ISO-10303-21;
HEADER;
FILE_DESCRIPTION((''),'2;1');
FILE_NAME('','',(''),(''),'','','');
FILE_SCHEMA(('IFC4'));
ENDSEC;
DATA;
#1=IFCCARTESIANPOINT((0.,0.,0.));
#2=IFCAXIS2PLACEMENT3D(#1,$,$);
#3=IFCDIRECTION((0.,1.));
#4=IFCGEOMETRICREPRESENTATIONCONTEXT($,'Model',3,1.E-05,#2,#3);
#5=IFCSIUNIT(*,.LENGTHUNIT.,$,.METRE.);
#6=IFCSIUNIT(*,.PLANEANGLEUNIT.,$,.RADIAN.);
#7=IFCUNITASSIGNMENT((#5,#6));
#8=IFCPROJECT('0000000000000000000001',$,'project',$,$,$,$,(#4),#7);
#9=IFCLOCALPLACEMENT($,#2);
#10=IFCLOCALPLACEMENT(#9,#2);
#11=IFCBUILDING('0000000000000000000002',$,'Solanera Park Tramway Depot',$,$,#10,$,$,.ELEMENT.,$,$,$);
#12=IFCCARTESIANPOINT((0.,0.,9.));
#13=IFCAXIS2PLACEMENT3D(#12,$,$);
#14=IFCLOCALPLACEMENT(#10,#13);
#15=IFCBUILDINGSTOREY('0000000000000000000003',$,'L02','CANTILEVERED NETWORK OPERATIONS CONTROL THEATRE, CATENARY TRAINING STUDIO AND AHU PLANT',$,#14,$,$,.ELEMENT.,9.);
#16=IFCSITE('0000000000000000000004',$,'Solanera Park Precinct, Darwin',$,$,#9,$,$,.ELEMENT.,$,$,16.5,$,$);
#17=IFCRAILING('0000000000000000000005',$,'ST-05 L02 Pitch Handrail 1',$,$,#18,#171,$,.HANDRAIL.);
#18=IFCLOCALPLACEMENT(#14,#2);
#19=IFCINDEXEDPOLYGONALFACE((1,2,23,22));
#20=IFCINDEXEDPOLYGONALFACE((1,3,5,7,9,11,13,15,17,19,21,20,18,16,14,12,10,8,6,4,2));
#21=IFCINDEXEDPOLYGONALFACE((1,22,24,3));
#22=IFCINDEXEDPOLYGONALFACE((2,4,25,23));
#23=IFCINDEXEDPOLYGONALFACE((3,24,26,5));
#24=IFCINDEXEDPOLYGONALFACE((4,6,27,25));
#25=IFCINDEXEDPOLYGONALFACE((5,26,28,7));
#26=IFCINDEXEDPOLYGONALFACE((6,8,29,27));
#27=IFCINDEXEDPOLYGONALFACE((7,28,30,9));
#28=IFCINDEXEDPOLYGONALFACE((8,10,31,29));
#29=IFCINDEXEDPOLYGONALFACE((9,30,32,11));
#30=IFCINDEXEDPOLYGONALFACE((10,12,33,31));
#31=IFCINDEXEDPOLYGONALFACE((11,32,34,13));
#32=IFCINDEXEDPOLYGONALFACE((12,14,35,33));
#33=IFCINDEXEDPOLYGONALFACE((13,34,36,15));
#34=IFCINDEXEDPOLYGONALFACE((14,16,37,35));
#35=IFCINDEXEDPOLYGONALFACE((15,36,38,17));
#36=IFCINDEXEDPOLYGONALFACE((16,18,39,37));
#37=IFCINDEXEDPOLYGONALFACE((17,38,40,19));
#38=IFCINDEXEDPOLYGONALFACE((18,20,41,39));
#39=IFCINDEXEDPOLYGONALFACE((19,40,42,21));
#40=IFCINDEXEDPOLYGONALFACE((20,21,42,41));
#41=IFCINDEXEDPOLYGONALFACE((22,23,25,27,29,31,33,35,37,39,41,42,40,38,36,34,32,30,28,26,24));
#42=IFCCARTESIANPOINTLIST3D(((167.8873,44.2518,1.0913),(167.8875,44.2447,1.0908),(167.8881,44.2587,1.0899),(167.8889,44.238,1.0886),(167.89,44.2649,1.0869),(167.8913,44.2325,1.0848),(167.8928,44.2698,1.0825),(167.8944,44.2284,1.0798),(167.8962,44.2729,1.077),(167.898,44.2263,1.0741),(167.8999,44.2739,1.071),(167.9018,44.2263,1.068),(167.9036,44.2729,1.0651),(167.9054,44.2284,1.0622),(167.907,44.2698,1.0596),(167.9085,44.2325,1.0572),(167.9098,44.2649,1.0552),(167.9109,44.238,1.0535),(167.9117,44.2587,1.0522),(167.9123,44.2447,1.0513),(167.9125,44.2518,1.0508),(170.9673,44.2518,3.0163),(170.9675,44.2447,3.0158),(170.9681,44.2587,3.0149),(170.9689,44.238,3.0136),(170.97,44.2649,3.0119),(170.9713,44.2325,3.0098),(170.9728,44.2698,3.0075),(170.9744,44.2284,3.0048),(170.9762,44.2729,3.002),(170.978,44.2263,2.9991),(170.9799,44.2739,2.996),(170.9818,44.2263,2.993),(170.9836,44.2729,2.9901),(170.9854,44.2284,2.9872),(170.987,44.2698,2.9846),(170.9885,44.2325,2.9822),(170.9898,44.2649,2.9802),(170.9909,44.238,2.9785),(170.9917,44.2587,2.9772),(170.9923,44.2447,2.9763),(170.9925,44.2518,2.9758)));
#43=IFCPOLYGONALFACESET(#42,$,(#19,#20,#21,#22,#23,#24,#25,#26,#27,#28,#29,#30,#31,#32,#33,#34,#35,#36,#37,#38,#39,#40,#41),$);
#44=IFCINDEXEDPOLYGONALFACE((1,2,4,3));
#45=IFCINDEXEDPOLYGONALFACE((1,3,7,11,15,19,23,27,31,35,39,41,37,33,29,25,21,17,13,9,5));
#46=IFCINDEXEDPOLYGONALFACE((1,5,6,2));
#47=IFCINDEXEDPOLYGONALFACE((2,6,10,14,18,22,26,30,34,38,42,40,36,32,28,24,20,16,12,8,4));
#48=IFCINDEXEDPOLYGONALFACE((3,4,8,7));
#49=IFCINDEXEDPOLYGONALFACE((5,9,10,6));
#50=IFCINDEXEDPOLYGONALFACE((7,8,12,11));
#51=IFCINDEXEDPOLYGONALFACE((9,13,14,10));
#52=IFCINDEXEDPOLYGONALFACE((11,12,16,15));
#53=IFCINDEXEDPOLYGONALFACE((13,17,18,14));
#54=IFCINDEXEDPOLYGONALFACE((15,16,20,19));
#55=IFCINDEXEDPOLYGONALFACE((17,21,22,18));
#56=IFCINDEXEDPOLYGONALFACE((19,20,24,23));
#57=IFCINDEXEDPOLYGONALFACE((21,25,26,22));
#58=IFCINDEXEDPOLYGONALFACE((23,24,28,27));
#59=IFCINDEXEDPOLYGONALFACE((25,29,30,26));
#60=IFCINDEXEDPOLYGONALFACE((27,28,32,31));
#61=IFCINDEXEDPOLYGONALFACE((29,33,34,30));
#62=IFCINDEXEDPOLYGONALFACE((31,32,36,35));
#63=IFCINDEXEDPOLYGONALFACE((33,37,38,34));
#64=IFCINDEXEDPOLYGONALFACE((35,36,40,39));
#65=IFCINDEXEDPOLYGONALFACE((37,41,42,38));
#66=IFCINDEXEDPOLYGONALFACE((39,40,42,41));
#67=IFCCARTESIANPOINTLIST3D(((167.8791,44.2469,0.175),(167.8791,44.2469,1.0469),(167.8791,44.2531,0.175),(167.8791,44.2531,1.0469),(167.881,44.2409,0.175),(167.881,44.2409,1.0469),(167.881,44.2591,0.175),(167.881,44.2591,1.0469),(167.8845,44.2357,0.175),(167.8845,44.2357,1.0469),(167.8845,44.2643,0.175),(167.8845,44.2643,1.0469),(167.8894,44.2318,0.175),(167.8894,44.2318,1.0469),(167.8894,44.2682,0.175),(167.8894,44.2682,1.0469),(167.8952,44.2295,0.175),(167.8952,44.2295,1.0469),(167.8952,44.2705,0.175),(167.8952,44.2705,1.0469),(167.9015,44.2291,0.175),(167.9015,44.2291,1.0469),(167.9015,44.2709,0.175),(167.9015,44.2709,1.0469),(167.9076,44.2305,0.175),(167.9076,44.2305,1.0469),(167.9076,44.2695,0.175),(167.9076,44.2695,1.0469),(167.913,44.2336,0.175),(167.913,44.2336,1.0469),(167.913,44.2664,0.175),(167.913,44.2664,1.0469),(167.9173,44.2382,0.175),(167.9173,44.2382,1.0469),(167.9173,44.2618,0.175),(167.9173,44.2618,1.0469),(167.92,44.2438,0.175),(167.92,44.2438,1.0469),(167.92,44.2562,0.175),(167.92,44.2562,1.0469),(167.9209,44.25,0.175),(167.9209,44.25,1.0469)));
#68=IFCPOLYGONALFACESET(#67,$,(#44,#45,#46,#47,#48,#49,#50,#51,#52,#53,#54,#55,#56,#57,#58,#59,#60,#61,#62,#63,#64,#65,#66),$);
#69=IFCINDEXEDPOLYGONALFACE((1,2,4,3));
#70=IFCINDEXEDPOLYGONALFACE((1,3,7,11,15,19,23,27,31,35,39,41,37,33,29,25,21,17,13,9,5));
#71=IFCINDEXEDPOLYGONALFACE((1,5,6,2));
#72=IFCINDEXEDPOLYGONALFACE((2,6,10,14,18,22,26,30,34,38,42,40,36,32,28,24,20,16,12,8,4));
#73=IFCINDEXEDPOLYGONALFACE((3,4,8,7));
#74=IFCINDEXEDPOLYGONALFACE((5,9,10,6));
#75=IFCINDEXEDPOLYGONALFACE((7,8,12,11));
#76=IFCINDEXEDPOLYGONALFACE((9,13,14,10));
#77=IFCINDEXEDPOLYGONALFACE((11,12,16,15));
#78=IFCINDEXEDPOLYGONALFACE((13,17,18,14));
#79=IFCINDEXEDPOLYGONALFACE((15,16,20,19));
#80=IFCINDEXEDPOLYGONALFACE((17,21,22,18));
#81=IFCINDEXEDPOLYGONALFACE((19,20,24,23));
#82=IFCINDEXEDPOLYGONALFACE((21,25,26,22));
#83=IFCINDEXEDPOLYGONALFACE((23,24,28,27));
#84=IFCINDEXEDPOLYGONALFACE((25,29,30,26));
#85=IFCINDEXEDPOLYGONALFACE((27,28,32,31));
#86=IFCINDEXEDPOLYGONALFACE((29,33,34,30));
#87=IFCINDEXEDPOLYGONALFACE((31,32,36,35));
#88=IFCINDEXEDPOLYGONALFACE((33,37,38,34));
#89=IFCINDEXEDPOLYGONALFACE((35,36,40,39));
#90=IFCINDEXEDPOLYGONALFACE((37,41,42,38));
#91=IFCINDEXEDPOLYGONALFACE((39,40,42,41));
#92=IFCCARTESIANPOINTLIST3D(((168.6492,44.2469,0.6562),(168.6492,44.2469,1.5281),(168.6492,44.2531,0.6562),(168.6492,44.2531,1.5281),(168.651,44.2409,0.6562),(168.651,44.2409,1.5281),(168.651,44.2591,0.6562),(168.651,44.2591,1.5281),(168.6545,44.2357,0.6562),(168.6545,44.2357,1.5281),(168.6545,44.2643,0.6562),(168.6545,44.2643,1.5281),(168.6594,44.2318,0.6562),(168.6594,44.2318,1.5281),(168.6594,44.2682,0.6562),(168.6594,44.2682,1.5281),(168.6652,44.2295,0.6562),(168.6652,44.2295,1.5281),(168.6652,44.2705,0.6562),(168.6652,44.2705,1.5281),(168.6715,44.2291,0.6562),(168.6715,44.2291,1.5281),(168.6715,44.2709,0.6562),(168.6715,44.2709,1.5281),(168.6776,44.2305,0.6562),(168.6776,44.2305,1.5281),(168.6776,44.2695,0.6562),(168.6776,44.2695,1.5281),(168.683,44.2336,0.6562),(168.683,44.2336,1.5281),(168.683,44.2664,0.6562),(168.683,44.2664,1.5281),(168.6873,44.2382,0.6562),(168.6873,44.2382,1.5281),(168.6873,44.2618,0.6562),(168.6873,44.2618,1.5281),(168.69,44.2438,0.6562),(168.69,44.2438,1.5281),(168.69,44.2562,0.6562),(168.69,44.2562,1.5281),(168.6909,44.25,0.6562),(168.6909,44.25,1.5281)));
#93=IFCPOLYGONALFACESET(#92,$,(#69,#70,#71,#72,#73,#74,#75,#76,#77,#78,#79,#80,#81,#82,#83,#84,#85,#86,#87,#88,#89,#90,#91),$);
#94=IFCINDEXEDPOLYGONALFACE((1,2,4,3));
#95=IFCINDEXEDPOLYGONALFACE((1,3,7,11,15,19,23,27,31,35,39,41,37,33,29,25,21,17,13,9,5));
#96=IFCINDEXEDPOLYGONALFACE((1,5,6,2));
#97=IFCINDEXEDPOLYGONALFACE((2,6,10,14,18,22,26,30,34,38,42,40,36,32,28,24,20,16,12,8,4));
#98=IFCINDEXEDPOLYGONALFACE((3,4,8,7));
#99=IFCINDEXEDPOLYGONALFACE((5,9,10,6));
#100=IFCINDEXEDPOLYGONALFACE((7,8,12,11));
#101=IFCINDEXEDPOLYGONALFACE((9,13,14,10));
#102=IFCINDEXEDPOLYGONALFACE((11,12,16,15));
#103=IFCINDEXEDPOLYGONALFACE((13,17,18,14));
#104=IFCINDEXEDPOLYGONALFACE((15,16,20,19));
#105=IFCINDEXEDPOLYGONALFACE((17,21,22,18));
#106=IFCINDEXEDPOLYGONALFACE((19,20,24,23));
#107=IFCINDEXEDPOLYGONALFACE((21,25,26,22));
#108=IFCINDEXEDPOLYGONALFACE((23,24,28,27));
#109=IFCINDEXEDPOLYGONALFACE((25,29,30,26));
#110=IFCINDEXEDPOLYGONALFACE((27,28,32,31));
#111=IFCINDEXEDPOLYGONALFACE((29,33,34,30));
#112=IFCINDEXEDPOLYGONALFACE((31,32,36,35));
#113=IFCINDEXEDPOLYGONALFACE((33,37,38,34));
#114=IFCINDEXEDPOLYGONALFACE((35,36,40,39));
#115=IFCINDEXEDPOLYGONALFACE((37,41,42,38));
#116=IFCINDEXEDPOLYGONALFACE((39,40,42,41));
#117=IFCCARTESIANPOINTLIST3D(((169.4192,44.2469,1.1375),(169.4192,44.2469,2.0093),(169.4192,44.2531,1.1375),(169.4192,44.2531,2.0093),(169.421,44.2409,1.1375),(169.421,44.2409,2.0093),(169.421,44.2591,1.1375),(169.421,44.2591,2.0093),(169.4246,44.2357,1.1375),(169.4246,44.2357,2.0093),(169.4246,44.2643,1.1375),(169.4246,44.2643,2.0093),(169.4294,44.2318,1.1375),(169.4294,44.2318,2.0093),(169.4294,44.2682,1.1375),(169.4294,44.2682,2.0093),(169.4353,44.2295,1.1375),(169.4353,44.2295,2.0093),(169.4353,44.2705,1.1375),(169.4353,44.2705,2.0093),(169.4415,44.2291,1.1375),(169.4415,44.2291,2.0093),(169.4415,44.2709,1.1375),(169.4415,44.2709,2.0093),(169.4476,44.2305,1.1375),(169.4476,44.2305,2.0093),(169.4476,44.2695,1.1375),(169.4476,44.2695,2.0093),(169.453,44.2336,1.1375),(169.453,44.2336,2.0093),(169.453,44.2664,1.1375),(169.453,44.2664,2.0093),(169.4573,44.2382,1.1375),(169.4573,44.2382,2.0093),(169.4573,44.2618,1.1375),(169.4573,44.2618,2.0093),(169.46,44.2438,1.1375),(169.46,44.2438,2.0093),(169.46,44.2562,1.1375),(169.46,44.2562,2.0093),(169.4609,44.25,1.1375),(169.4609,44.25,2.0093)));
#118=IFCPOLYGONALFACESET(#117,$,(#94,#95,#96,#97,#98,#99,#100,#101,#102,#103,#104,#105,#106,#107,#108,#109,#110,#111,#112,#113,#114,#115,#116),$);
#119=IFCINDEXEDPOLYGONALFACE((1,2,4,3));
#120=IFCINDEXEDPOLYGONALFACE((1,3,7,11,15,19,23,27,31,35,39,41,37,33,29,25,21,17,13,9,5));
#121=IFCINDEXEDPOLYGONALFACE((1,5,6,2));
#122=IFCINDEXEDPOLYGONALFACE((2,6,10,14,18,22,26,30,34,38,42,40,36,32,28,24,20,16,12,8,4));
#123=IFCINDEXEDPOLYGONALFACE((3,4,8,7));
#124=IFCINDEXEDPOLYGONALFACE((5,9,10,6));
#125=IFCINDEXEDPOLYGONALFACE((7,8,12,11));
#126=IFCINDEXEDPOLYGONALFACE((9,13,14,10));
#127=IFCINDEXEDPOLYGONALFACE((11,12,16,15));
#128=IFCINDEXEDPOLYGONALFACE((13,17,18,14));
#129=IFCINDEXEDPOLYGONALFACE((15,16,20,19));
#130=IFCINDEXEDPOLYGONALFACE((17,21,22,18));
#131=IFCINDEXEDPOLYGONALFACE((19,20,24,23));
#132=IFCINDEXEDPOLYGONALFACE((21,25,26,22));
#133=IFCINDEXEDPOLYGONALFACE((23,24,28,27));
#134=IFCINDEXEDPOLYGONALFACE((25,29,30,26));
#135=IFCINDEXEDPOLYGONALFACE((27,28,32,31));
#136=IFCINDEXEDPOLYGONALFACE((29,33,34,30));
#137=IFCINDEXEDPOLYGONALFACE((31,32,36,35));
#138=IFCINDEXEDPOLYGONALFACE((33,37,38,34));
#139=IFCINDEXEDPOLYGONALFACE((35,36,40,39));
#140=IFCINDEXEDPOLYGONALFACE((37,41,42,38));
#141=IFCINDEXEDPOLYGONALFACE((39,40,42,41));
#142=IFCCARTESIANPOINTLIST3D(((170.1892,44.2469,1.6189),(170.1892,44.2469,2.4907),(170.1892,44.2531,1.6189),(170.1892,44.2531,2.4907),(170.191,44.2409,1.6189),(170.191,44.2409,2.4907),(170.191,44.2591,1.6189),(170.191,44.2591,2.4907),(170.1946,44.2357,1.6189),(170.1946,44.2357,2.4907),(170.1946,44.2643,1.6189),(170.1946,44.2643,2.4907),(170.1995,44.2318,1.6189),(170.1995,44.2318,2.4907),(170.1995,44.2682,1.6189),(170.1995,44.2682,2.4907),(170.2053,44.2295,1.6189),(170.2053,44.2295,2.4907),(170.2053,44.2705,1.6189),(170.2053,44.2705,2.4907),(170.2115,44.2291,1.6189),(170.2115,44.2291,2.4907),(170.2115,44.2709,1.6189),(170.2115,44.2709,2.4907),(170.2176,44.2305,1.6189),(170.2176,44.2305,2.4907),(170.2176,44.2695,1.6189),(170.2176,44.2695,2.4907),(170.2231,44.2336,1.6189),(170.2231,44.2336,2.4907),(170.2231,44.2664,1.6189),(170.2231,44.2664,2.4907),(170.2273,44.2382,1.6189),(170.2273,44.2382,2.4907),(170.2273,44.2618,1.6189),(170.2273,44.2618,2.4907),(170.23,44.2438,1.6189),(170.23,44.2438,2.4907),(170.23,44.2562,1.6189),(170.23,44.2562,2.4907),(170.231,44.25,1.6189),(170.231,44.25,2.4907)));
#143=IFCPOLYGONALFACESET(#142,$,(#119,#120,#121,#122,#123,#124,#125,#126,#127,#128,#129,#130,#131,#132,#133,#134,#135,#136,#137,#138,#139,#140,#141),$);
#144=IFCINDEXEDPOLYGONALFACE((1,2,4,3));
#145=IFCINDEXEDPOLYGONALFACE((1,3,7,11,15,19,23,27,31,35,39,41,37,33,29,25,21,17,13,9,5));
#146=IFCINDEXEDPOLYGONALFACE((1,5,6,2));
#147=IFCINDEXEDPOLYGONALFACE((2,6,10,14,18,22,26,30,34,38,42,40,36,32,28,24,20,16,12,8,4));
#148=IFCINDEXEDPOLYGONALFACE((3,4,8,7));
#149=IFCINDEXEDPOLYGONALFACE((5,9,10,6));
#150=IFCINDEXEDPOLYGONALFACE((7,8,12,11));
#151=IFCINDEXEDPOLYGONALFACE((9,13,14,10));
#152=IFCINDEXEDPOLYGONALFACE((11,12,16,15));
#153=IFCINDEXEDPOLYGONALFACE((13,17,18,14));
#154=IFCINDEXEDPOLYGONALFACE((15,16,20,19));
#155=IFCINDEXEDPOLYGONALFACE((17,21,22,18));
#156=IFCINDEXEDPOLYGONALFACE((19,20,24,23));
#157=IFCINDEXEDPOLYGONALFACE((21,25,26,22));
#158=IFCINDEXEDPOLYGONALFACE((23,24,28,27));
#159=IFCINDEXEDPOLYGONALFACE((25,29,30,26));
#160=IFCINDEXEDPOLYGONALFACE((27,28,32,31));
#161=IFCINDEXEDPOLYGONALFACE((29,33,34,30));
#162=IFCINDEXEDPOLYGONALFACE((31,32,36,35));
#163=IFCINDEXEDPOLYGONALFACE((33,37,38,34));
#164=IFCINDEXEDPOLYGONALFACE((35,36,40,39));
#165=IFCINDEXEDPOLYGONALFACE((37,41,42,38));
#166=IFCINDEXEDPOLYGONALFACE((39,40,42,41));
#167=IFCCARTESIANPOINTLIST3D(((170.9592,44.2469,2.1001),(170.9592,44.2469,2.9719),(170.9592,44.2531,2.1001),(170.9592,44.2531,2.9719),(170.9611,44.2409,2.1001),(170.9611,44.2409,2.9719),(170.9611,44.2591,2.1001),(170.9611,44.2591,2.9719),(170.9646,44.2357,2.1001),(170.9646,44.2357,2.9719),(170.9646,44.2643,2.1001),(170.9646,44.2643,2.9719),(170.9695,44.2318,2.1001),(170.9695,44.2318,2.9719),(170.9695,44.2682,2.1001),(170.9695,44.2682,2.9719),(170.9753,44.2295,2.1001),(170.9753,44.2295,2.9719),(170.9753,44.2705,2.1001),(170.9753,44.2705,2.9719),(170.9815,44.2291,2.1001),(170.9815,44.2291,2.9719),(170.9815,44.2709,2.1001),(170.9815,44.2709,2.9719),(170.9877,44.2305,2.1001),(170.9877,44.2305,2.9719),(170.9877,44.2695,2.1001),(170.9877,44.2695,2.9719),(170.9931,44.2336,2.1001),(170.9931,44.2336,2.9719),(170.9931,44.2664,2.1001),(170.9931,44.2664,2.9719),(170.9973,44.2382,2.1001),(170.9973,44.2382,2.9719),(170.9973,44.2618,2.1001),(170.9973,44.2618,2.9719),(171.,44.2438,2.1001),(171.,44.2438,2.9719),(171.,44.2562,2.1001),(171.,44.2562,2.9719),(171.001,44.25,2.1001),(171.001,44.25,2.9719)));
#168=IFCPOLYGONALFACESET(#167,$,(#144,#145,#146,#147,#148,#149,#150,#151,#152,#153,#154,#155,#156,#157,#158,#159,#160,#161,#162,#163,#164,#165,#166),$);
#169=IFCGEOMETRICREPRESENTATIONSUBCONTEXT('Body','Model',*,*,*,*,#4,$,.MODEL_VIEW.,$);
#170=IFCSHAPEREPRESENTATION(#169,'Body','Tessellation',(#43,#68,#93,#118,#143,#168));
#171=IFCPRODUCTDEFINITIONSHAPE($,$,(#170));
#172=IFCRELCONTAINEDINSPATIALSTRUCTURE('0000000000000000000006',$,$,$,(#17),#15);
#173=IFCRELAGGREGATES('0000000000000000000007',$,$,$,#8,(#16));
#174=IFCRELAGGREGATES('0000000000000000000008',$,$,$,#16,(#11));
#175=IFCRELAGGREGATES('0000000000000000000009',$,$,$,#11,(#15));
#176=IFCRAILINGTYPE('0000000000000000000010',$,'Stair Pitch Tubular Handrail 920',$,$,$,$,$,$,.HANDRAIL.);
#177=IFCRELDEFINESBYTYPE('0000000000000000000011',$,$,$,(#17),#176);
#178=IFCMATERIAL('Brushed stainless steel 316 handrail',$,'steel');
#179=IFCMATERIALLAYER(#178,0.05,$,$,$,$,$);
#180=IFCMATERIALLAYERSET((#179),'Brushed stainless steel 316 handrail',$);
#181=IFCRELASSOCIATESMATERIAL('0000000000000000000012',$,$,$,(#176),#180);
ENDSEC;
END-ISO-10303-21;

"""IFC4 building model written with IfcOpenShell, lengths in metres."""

from ifc_helpers import new_model, si_unit, direction, frame, origin, origin_2d, place, context, subcontext, project, spatial, circle, extrude, material, layer, layer_set, type_object, element, save


model = new_model("IFC4")

# Units and contexts
model_context = context("Model", 3, precision=1e-05, world=origin(), true_north=direction((0.0, 1.0)))
body_context = subcontext(model_context, "Body", "Model", "MODEL_VIEW")
ifc_project = project(units=[si_unit("LENGTHUNIT", "METRE"), si_unit("PLANEANGLEUNIT", "RADIAN")], contexts=[model_context])

# Site, building, storey
site_placement = place(None, origin())
site = spatial("IfcSite", under=ifc_project, at=site_placement, Name="Solanera Park Precinct, Darwin", CompositionType="ELEMENT", RefElevation=16.5)
building_placement = place(site_placement, origin())
building = spatial("IfcBuilding", under=site, at=building_placement, Name="Solanera Park Tramway Depot", CompositionType="ELEMENT")
storey_placement = place(building_placement, frame((0.0, 0.0, 9.0)))
storey = spatial("IfcBuildingStorey", under=building, at=storey_placement, Name="L02", Description="CANTILEVERED NETWORK OPERATIONS CONTROL THEATRE, CATENARY TRAINING STUDIO AND AHU PLANT", CompositionType="ELEMENT", Elevation=9.0)

# Railing
ifc_material_1 = material(Name="Brushed stainless steel 316 handrail", Category="steel")
ifc_layer_1 = layer(ifc_material_1, 0.05)
ifc_layer_set_1 = layer_set([ifc_layer_1], Name="Brushed stainless steel 316 handrail")
railing_type_1 = type_object("IfcRailingType", Name="Stair Pitch Tubular Handrail 920", PredefinedType="HANDRAIL", material=ifc_layer_set_1)
railing_1_placement = place(storey_placement, frame((167.8999, 44.25, 0.175)))
element("IfcRailing", 1, at=railing_1_placement, inside=storey, type_object=railing_type_1, Name="ST-05 L02 Pitch Handrail 1", PredefinedType="HANDRAIL", context=body_context, shape_type="SweptSolid", body=[
    extrude(circle(Radius=0.0239, at=origin_2d()), frame((0.0, 0.0, 0.896), z_axis=(0.847998, 0.0, 0.529999), x_axis=(0.0, 1.0, 0.0)), (0.0, 0.0, 1.0), 3.6321),
    extrude(circle(Radius=0.021, at=origin_2d()), origin(), (0.0, 0.0, 1.0), 0.8718),
    extrude(circle(Radius=0.021, at=origin_2d()), frame((0.77, 0.0, 0.4812)), (0.0, 0.0, 1.0), 0.8718),
    extrude(circle(Radius=0.021, at=origin_2d()), frame((1.54, 0.0, 0.9624)), (0.0, 0.0, 1.0), 0.8718),
    extrude(circle(Radius=0.021, at=origin_2d()), frame((2.3101, 0.0, 1.4438)), (0.0, 0.0, 1.0), 0.8718),
    extrude(circle(Radius=0.021, at=origin_2d()), frame((3.0801, 0.0, 1.925)), (0.0, 0.0, 1.0), 0.8718),
])

save(model, "model.ifc")
